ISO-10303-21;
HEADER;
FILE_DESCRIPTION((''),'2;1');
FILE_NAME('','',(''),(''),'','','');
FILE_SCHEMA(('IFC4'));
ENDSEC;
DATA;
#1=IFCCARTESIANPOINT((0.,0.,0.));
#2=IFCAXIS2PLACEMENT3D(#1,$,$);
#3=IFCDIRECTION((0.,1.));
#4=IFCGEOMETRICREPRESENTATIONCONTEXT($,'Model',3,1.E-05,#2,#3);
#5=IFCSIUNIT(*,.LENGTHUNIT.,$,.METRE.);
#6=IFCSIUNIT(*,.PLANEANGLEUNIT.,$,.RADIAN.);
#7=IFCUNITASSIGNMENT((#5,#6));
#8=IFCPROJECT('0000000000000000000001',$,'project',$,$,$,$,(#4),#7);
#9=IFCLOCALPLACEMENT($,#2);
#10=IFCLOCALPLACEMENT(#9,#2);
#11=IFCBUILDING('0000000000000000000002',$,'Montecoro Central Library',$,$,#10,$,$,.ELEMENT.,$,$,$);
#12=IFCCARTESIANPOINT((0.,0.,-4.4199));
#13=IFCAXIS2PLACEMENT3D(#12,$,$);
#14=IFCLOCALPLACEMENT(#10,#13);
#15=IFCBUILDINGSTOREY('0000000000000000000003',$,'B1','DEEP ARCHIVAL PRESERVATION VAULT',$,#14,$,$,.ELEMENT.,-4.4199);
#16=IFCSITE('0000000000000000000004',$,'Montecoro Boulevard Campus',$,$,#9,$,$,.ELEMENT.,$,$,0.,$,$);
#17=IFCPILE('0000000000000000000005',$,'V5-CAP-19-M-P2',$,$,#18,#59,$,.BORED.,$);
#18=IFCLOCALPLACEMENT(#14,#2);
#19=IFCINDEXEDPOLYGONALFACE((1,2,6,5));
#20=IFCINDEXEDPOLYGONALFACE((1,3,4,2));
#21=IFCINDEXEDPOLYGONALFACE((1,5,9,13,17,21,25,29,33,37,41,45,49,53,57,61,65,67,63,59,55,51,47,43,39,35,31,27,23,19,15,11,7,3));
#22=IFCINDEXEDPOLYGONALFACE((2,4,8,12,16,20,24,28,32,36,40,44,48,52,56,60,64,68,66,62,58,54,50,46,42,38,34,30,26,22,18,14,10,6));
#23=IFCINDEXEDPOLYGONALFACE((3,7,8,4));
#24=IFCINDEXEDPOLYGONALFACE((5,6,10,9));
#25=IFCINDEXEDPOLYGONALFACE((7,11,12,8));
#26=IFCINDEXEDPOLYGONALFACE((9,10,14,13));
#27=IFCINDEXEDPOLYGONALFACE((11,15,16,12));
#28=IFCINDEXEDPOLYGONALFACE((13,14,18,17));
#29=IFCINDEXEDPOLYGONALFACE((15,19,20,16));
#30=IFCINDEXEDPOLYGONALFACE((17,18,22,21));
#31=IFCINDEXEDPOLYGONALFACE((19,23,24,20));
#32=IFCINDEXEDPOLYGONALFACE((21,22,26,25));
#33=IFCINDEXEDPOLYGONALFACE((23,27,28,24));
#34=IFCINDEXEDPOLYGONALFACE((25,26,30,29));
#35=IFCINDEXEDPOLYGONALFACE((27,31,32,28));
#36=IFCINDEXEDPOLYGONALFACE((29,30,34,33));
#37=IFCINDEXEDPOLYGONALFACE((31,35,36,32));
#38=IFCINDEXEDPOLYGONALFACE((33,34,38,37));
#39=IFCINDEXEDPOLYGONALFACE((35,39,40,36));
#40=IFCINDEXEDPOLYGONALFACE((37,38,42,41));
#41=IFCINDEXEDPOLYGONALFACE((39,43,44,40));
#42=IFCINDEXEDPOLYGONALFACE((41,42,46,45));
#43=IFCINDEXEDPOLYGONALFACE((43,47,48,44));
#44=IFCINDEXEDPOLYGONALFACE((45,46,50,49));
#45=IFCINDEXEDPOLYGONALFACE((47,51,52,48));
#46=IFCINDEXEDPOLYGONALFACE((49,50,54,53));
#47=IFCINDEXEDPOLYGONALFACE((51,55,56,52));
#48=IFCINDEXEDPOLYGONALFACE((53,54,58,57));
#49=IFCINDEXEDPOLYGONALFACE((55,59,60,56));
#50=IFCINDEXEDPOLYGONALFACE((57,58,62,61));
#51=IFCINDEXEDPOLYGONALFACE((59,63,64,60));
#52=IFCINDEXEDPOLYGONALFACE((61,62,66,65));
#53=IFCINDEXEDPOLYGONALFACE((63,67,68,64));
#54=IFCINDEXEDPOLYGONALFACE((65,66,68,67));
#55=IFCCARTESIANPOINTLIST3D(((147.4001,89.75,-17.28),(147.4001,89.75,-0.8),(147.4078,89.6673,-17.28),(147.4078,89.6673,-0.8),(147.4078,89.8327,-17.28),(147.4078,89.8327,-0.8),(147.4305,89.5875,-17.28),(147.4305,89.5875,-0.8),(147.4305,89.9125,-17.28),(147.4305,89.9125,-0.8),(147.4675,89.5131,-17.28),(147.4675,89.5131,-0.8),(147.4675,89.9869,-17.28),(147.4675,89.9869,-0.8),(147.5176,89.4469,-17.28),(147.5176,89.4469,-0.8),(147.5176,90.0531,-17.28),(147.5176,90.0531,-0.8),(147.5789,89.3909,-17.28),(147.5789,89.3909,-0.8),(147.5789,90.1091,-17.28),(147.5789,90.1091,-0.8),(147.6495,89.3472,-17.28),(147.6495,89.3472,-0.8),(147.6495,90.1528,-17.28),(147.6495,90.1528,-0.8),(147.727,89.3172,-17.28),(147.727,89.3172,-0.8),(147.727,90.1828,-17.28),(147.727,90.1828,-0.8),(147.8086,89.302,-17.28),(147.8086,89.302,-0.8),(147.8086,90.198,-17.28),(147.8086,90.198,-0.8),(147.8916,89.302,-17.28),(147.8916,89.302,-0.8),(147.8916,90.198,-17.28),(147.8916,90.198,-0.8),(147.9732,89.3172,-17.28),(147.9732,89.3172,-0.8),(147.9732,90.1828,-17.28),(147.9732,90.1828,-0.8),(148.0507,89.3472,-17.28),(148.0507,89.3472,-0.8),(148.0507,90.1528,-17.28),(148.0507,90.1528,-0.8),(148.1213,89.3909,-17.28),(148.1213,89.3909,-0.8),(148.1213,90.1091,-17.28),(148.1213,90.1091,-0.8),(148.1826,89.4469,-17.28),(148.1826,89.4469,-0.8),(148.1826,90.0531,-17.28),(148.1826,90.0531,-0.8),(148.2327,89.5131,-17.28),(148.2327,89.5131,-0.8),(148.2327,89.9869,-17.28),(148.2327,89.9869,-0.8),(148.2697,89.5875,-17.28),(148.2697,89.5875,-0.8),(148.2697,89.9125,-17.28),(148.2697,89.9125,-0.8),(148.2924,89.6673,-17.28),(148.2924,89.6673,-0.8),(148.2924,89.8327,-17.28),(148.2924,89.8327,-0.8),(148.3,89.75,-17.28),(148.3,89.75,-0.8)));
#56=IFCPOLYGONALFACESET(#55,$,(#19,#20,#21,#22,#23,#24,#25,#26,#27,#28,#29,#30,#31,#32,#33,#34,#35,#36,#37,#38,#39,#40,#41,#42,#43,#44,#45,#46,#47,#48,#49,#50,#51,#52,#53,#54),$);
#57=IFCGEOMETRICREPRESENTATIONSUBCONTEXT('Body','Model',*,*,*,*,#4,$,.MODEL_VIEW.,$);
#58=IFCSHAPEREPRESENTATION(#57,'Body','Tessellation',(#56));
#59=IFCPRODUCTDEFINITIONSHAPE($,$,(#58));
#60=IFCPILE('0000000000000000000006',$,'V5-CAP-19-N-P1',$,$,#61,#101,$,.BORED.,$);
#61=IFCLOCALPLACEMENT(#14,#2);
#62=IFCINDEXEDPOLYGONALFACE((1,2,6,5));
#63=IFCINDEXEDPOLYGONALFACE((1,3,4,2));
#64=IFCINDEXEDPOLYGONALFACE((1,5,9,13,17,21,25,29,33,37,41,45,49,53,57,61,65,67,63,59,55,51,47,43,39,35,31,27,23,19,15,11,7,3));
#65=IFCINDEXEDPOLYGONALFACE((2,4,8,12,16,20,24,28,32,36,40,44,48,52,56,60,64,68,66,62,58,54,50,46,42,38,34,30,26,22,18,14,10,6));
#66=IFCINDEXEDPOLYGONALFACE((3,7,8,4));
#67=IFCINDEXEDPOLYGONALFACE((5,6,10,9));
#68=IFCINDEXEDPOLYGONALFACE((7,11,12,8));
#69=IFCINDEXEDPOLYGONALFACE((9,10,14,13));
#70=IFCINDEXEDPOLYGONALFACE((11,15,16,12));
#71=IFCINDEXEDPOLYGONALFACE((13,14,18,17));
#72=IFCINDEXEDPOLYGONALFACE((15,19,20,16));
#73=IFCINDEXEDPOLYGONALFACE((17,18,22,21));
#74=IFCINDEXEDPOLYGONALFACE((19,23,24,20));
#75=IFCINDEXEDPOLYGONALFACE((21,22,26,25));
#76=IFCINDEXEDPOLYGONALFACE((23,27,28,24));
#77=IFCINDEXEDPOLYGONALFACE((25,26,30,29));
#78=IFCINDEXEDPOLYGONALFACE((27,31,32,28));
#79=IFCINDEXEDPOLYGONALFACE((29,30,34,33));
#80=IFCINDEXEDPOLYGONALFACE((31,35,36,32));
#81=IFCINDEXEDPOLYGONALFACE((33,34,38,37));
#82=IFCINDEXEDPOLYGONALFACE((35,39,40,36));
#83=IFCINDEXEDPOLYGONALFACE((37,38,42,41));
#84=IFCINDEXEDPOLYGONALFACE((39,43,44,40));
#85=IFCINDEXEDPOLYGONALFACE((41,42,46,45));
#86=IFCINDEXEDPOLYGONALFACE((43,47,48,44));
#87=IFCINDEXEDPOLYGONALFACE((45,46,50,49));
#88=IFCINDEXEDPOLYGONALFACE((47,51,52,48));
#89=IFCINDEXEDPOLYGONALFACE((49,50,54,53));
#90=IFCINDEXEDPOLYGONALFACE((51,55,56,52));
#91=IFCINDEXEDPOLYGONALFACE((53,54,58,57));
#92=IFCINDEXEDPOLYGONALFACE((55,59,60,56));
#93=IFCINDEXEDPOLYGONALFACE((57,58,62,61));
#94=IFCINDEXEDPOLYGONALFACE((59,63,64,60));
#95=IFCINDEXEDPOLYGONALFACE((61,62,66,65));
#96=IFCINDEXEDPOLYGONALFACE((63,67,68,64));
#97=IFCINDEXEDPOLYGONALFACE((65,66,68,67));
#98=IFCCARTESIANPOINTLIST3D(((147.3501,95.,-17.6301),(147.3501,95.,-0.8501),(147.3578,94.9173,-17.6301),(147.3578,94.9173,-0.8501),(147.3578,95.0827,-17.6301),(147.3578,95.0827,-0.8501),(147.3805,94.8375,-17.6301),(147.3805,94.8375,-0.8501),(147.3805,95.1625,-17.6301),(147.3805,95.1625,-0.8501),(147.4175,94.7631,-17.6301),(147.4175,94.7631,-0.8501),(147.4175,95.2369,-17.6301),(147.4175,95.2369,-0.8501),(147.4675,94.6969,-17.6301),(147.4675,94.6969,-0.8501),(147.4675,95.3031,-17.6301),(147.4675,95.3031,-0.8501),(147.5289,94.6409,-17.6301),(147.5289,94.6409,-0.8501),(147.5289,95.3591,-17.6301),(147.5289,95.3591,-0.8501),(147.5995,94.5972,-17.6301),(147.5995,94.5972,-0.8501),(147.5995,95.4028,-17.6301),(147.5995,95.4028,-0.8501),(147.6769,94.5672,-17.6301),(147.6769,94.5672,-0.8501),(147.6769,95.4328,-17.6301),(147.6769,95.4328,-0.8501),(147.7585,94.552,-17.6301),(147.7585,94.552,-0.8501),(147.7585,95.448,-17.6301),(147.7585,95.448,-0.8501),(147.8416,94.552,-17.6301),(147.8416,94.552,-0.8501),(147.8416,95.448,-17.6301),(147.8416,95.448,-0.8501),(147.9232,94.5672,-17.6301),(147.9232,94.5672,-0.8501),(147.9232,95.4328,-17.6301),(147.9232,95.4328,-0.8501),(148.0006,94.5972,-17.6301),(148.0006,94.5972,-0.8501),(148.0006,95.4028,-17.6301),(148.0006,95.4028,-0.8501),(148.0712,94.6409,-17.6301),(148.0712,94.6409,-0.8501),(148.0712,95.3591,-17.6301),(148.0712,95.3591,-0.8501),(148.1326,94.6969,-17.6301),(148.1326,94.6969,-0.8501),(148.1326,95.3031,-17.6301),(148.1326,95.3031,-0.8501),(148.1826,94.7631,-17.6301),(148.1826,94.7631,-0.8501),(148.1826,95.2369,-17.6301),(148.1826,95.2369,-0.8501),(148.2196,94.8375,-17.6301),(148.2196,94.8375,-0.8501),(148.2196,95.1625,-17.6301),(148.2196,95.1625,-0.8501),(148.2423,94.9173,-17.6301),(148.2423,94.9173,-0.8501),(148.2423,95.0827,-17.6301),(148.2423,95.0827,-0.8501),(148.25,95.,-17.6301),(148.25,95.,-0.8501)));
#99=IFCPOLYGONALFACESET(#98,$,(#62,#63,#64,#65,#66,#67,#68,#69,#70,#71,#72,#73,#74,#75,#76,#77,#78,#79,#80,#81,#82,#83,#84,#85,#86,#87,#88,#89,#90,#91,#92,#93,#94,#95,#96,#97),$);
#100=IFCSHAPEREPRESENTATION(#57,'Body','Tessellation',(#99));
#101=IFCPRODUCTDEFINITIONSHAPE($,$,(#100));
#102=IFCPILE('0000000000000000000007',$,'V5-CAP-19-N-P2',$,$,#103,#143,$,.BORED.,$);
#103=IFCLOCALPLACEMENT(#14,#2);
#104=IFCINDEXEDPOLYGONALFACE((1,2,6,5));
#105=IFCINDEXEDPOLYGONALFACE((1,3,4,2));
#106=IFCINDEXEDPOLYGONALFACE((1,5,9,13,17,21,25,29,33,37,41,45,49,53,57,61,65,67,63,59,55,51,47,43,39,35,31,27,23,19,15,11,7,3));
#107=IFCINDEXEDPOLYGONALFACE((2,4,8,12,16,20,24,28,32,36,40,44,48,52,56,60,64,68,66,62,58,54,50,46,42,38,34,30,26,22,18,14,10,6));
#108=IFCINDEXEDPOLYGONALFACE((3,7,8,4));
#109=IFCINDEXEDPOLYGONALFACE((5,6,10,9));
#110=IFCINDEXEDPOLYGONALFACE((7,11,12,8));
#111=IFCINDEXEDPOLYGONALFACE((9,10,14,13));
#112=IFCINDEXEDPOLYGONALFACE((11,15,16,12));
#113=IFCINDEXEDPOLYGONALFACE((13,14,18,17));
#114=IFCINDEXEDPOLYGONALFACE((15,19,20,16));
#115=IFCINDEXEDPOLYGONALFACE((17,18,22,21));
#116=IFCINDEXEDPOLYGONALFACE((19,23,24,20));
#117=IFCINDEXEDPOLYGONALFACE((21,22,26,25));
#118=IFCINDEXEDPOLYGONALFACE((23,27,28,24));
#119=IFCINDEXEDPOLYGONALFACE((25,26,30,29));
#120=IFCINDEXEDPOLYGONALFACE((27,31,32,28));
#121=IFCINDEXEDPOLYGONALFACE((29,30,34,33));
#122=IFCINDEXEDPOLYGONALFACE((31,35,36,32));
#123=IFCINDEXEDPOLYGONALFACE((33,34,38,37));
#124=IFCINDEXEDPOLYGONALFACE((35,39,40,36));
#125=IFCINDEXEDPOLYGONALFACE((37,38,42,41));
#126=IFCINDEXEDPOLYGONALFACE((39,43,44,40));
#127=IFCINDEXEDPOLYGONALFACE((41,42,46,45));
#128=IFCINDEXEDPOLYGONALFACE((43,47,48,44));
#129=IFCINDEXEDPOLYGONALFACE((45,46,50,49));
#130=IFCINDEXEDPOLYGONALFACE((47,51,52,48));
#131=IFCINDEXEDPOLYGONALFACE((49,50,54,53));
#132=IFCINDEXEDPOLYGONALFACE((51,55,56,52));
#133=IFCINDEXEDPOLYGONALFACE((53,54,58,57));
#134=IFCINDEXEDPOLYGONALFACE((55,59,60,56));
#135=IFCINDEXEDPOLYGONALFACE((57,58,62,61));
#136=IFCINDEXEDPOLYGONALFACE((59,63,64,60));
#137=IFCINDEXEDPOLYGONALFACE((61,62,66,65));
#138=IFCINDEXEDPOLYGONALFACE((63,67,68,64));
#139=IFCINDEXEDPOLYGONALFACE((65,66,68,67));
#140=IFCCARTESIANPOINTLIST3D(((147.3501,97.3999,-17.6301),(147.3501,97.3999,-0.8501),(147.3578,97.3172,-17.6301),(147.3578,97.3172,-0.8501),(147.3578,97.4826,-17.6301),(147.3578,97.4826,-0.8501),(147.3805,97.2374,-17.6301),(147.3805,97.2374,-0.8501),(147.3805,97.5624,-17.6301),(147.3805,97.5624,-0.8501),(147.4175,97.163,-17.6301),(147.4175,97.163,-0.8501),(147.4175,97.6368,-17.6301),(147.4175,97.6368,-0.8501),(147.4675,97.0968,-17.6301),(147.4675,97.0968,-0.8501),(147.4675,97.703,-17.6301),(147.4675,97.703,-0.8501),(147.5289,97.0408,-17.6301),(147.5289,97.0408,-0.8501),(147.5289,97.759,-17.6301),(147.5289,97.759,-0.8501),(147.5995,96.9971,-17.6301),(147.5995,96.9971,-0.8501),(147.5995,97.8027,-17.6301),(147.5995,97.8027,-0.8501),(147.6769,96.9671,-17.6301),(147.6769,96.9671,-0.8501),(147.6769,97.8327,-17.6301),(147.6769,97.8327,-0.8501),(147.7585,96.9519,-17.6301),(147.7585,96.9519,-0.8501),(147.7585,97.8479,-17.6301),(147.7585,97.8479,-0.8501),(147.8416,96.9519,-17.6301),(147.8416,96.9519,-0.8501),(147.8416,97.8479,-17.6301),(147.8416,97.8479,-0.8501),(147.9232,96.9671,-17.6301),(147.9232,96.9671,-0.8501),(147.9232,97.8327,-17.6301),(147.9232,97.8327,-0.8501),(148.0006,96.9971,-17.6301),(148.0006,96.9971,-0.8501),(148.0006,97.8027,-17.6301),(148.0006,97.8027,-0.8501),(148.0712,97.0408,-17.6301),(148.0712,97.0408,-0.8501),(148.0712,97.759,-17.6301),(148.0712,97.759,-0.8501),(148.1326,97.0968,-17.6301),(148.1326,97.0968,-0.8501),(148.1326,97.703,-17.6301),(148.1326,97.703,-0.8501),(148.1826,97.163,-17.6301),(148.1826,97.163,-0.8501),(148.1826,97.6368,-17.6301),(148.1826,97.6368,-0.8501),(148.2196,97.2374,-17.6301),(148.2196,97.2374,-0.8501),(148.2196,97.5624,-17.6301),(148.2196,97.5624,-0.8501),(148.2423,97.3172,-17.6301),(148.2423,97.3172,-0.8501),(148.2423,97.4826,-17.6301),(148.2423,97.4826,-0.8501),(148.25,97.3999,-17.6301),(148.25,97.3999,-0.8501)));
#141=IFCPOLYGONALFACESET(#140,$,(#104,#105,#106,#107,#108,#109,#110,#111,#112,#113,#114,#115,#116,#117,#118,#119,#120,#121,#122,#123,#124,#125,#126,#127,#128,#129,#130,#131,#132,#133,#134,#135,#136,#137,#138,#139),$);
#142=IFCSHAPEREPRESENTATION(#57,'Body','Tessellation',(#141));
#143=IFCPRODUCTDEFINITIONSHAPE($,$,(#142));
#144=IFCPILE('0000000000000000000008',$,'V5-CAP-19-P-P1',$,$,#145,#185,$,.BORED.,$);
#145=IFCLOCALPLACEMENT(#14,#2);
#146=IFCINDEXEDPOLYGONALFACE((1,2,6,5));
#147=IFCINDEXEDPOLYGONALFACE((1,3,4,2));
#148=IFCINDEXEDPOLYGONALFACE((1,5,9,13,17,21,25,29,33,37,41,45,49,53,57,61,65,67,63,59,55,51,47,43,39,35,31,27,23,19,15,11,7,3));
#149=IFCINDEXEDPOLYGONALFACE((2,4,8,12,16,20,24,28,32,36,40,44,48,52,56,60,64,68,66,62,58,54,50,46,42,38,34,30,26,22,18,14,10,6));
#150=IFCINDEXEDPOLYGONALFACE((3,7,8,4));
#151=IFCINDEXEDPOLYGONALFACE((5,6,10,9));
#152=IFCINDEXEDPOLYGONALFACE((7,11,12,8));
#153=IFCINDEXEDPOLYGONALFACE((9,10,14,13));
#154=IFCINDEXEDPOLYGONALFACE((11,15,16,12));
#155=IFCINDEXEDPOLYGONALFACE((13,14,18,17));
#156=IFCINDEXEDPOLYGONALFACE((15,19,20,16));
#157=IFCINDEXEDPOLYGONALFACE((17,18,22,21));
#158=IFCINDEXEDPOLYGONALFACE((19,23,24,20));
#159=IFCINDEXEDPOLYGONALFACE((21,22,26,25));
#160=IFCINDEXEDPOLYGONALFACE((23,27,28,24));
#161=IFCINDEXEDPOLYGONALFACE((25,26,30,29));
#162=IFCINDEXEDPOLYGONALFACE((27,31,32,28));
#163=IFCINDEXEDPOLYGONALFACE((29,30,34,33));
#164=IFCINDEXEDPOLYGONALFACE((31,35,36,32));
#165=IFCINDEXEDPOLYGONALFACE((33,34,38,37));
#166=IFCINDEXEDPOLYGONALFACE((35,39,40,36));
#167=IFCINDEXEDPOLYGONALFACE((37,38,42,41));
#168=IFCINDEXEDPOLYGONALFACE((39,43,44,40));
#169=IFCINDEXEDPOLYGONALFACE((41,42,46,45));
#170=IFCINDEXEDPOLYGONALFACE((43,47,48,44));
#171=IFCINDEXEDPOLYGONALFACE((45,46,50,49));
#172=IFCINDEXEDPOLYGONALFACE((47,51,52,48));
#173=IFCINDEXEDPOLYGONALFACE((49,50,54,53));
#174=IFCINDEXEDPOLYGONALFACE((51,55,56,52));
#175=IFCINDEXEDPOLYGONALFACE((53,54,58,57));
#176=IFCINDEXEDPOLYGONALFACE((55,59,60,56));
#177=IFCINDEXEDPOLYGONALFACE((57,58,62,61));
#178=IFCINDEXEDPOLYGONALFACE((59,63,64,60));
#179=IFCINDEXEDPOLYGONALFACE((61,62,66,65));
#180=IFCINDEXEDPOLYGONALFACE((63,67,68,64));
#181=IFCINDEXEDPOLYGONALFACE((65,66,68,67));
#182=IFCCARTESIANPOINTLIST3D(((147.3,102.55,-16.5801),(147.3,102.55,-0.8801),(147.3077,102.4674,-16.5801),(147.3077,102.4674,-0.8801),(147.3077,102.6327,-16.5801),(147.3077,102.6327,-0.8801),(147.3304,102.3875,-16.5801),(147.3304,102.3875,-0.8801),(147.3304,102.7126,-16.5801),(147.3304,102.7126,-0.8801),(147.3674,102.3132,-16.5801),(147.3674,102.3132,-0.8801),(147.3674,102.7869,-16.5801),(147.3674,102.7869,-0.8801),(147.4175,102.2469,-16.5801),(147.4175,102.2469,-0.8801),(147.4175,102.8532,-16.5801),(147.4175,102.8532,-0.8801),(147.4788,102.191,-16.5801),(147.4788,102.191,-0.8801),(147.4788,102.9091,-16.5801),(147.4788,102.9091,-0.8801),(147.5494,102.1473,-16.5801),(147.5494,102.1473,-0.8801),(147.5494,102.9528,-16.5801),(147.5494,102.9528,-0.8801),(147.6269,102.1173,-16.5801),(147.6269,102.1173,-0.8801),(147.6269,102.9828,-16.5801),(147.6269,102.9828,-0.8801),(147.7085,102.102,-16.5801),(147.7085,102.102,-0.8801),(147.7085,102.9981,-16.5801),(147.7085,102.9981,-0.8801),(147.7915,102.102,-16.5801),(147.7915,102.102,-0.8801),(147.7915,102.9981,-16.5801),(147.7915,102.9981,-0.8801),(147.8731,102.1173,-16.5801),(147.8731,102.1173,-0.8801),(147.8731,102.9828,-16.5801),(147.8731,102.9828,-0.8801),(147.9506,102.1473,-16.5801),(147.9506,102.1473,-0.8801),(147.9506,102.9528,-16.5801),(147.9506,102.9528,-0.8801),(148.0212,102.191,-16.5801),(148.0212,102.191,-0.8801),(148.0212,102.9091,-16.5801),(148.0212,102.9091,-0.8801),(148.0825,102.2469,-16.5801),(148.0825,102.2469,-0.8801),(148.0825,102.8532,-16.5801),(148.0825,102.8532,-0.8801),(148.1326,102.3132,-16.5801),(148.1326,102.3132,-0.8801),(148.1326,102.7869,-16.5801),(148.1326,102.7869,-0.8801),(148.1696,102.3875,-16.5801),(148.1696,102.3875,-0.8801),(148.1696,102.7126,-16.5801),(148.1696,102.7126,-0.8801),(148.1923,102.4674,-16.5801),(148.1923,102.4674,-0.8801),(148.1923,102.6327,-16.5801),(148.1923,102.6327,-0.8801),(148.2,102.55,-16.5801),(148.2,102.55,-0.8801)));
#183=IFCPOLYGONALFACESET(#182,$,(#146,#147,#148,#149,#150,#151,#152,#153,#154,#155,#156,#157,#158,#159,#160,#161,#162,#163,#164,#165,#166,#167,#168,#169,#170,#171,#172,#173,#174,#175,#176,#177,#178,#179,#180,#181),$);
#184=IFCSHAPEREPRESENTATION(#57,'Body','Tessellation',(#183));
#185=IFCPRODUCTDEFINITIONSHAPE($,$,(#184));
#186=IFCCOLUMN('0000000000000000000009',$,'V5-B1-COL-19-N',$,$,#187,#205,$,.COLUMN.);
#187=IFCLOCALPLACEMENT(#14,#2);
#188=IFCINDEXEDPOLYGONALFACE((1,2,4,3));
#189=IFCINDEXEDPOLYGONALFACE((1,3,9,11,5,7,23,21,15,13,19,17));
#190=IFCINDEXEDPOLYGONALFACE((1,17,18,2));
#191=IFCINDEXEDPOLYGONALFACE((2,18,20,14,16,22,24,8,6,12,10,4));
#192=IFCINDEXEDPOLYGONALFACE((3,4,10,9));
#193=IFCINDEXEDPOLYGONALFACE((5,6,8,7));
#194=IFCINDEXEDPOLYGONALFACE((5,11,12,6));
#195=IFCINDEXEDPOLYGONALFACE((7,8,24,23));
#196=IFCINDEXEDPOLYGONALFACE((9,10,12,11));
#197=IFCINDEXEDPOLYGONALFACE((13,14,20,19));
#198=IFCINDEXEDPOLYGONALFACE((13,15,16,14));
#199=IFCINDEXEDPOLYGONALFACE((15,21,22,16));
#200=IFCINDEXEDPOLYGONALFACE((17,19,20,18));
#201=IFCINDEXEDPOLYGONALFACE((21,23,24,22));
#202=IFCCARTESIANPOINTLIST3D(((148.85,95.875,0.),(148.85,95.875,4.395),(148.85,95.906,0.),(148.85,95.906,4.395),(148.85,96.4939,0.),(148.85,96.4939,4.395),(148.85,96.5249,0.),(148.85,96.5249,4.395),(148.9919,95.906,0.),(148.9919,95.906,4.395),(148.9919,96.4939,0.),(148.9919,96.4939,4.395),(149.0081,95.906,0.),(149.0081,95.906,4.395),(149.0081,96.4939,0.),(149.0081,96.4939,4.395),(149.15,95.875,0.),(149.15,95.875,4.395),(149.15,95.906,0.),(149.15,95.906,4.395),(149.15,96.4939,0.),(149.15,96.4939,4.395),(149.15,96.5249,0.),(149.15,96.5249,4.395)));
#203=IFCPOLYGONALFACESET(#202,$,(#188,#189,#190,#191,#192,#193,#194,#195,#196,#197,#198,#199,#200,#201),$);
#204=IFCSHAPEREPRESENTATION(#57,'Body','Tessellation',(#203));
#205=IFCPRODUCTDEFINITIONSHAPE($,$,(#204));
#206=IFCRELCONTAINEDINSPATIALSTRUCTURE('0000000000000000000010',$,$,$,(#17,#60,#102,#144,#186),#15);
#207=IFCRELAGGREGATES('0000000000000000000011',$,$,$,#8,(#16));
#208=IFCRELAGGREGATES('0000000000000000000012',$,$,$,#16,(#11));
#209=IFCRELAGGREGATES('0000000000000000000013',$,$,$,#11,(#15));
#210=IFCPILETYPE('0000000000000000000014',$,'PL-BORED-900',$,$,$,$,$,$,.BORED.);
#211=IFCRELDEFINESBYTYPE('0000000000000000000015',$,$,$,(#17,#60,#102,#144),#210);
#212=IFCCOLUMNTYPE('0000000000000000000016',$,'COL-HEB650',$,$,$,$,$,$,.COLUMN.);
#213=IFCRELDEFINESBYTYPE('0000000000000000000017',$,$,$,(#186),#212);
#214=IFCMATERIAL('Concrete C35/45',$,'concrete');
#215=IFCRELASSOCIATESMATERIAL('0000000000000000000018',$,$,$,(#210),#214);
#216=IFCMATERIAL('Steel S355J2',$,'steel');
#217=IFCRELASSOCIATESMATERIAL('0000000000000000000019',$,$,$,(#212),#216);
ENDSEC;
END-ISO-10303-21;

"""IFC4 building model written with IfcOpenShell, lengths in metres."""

from ifc_helpers import new_model, si_unit, direction, frame, origin, origin_2d, place, context, subcontext, project, spatial, circle, i_section, extrude, material, material_profile, profile_set, type_object, element, save


model = new_model("IFC4")

# Units and contexts
model_context = context("Model", 3, precision=1e-05, world=origin(), true_north=direction((0.0, 1.0)))
body_context = subcontext(model_context, "Body", "Model", "MODEL_VIEW")
ifc_project = project(units=[si_unit("LENGTHUNIT", "METRE"), si_unit("PLANEANGLEUNIT", "RADIAN")], contexts=[model_context])

# Site, building, storey
site_placement = place(None, origin())
site = spatial("IfcSite", under=ifc_project, at=site_placement, Name="Montecoro Boulevard Campus", CompositionType="ELEMENT", RefElevation=0.0)
building_placement = place(site_placement, origin())
building = spatial("IfcBuilding", under=site, at=building_placement, Name="Montecoro Central Library", CompositionType="ELEMENT")
storey_placement = place(building_placement, frame((0.0, 0.0, -4.4199)))
storey = spatial("IfcBuildingStorey", under=building, at=storey_placement, Name="B1", Description="DEEP ARCHIVAL PRESERVATION VAULT", CompositionType="ELEMENT", Elevation=-4.4199)

# Shared definitions
ifc_material_1 = material(Name="Concrete C35/45", Category="concrete")

# Piles
ifc_material_profile_1 = material_profile(ifc_material_1, circle(Radius=0.45, at=origin_2d()), Name="PILE D900")
ifc_profile_set_1 = profile_set([ifc_material_profile_1], Name="Concrete C35/45")
pile_type_1 = type_object("IfcPileType", Name="PL-BORED-900", PredefinedType="BORED", material=ifc_profile_set_1)
pile_1_placement = place(storey_placement, frame((147.8501, 89.75, -0.8), z_axis=(0.0, 0.0, -1.0), x_axis=(1.0, 0.0, 0.0)))
element("IfcPile", 1, at=pile_1_placement, inside=storey, type_object=pile_type_1, Name="V5-CAP-19-M-P2", PredefinedType="BORED", context=body_context, shape_type="SweptSolid", body=[
    extrude(circle(Radius=0.45, at=origin_2d()), origin(), (0.0, 0.0, 1.0), 16.48),
])
for number, where, z_axis, x_axis, name in (
    (2, (147.8, 95.0, -0.8501), (0.0, 0.0, -1.0), (1.0, 0.0, 0.0), "V5-CAP-19-N-P1"),
    (3, (147.8, 97.3999, -0.8501), (0.0, 0.0, -1.0), (1.0, 0.0, 0.0), "V5-CAP-19-N-P2"),
):
    element("IfcPile", number, at=place(storey_placement, frame(where, z_axis=z_axis, x_axis=x_axis)), inside=storey, type_object=pile_type_1, Name=name, PredefinedType="BORED", context=body_context, shape_type="SweptSolid", body=[
        extrude(circle(Radius=0.45, at=origin_2d()), origin(), (0.0, 0.0, 1.0), 16.78),
    ])
pile_2_placement = place(storey_placement, frame((147.75, 102.55, -0.8801), z_axis=(0.0, 0.0, -1.0), x_axis=(1.0, 0.0, 0.0)))
element("IfcPile", 4, at=pile_2_placement, inside=storey, type_object=pile_type_1, Name="V5-CAP-19-P-P1", PredefinedType="BORED", context=body_context, shape_type="SweptSolid", body=[
    extrude(circle(Radius=0.45, at=origin_2d()), origin(), (0.0, 0.0, 1.0), 15.7),
])

# Column
ifc_material_2 = material(Name="Steel S355J2", Category="steel")
ifc_material_profile_2 = material_profile(ifc_material_2, i_section(OverallWidth=0.3, OverallDepth=0.6499, WebThickness=0.0161, FlangeThickness=0.031, at=origin_2d()), Name="HEB 650")
ifc_profile_set_2 = profile_set([ifc_material_profile_2], Name="Steel S355J2")
column_type_1 = type_object("IfcColumnType", Name="COL-HEB650", PredefinedType="COLUMN", material=ifc_profile_set_2)
column_placement = place(storey_placement, frame((149.0, 96.2, 0.0), z_axis=(0.0, 0.0, 1.0), x_axis=(1.0, 0.0, 0.0)))
element("IfcColumn", 5, at=column_placement, inside=storey, type_object=column_type_1, Name="V5-B1-COL-19-N", PredefinedType="COLUMN", context=body_context, shape_type="SweptSolid", body=[
    extrude(i_section(OverallWidth=0.3, OverallDepth=0.6499, WebThickness=0.0161, FlangeThickness=0.031, at=origin_2d()), origin(), (0.0, 0.0, 1.0), 4.395),
])

save(model, "model.ifc")
